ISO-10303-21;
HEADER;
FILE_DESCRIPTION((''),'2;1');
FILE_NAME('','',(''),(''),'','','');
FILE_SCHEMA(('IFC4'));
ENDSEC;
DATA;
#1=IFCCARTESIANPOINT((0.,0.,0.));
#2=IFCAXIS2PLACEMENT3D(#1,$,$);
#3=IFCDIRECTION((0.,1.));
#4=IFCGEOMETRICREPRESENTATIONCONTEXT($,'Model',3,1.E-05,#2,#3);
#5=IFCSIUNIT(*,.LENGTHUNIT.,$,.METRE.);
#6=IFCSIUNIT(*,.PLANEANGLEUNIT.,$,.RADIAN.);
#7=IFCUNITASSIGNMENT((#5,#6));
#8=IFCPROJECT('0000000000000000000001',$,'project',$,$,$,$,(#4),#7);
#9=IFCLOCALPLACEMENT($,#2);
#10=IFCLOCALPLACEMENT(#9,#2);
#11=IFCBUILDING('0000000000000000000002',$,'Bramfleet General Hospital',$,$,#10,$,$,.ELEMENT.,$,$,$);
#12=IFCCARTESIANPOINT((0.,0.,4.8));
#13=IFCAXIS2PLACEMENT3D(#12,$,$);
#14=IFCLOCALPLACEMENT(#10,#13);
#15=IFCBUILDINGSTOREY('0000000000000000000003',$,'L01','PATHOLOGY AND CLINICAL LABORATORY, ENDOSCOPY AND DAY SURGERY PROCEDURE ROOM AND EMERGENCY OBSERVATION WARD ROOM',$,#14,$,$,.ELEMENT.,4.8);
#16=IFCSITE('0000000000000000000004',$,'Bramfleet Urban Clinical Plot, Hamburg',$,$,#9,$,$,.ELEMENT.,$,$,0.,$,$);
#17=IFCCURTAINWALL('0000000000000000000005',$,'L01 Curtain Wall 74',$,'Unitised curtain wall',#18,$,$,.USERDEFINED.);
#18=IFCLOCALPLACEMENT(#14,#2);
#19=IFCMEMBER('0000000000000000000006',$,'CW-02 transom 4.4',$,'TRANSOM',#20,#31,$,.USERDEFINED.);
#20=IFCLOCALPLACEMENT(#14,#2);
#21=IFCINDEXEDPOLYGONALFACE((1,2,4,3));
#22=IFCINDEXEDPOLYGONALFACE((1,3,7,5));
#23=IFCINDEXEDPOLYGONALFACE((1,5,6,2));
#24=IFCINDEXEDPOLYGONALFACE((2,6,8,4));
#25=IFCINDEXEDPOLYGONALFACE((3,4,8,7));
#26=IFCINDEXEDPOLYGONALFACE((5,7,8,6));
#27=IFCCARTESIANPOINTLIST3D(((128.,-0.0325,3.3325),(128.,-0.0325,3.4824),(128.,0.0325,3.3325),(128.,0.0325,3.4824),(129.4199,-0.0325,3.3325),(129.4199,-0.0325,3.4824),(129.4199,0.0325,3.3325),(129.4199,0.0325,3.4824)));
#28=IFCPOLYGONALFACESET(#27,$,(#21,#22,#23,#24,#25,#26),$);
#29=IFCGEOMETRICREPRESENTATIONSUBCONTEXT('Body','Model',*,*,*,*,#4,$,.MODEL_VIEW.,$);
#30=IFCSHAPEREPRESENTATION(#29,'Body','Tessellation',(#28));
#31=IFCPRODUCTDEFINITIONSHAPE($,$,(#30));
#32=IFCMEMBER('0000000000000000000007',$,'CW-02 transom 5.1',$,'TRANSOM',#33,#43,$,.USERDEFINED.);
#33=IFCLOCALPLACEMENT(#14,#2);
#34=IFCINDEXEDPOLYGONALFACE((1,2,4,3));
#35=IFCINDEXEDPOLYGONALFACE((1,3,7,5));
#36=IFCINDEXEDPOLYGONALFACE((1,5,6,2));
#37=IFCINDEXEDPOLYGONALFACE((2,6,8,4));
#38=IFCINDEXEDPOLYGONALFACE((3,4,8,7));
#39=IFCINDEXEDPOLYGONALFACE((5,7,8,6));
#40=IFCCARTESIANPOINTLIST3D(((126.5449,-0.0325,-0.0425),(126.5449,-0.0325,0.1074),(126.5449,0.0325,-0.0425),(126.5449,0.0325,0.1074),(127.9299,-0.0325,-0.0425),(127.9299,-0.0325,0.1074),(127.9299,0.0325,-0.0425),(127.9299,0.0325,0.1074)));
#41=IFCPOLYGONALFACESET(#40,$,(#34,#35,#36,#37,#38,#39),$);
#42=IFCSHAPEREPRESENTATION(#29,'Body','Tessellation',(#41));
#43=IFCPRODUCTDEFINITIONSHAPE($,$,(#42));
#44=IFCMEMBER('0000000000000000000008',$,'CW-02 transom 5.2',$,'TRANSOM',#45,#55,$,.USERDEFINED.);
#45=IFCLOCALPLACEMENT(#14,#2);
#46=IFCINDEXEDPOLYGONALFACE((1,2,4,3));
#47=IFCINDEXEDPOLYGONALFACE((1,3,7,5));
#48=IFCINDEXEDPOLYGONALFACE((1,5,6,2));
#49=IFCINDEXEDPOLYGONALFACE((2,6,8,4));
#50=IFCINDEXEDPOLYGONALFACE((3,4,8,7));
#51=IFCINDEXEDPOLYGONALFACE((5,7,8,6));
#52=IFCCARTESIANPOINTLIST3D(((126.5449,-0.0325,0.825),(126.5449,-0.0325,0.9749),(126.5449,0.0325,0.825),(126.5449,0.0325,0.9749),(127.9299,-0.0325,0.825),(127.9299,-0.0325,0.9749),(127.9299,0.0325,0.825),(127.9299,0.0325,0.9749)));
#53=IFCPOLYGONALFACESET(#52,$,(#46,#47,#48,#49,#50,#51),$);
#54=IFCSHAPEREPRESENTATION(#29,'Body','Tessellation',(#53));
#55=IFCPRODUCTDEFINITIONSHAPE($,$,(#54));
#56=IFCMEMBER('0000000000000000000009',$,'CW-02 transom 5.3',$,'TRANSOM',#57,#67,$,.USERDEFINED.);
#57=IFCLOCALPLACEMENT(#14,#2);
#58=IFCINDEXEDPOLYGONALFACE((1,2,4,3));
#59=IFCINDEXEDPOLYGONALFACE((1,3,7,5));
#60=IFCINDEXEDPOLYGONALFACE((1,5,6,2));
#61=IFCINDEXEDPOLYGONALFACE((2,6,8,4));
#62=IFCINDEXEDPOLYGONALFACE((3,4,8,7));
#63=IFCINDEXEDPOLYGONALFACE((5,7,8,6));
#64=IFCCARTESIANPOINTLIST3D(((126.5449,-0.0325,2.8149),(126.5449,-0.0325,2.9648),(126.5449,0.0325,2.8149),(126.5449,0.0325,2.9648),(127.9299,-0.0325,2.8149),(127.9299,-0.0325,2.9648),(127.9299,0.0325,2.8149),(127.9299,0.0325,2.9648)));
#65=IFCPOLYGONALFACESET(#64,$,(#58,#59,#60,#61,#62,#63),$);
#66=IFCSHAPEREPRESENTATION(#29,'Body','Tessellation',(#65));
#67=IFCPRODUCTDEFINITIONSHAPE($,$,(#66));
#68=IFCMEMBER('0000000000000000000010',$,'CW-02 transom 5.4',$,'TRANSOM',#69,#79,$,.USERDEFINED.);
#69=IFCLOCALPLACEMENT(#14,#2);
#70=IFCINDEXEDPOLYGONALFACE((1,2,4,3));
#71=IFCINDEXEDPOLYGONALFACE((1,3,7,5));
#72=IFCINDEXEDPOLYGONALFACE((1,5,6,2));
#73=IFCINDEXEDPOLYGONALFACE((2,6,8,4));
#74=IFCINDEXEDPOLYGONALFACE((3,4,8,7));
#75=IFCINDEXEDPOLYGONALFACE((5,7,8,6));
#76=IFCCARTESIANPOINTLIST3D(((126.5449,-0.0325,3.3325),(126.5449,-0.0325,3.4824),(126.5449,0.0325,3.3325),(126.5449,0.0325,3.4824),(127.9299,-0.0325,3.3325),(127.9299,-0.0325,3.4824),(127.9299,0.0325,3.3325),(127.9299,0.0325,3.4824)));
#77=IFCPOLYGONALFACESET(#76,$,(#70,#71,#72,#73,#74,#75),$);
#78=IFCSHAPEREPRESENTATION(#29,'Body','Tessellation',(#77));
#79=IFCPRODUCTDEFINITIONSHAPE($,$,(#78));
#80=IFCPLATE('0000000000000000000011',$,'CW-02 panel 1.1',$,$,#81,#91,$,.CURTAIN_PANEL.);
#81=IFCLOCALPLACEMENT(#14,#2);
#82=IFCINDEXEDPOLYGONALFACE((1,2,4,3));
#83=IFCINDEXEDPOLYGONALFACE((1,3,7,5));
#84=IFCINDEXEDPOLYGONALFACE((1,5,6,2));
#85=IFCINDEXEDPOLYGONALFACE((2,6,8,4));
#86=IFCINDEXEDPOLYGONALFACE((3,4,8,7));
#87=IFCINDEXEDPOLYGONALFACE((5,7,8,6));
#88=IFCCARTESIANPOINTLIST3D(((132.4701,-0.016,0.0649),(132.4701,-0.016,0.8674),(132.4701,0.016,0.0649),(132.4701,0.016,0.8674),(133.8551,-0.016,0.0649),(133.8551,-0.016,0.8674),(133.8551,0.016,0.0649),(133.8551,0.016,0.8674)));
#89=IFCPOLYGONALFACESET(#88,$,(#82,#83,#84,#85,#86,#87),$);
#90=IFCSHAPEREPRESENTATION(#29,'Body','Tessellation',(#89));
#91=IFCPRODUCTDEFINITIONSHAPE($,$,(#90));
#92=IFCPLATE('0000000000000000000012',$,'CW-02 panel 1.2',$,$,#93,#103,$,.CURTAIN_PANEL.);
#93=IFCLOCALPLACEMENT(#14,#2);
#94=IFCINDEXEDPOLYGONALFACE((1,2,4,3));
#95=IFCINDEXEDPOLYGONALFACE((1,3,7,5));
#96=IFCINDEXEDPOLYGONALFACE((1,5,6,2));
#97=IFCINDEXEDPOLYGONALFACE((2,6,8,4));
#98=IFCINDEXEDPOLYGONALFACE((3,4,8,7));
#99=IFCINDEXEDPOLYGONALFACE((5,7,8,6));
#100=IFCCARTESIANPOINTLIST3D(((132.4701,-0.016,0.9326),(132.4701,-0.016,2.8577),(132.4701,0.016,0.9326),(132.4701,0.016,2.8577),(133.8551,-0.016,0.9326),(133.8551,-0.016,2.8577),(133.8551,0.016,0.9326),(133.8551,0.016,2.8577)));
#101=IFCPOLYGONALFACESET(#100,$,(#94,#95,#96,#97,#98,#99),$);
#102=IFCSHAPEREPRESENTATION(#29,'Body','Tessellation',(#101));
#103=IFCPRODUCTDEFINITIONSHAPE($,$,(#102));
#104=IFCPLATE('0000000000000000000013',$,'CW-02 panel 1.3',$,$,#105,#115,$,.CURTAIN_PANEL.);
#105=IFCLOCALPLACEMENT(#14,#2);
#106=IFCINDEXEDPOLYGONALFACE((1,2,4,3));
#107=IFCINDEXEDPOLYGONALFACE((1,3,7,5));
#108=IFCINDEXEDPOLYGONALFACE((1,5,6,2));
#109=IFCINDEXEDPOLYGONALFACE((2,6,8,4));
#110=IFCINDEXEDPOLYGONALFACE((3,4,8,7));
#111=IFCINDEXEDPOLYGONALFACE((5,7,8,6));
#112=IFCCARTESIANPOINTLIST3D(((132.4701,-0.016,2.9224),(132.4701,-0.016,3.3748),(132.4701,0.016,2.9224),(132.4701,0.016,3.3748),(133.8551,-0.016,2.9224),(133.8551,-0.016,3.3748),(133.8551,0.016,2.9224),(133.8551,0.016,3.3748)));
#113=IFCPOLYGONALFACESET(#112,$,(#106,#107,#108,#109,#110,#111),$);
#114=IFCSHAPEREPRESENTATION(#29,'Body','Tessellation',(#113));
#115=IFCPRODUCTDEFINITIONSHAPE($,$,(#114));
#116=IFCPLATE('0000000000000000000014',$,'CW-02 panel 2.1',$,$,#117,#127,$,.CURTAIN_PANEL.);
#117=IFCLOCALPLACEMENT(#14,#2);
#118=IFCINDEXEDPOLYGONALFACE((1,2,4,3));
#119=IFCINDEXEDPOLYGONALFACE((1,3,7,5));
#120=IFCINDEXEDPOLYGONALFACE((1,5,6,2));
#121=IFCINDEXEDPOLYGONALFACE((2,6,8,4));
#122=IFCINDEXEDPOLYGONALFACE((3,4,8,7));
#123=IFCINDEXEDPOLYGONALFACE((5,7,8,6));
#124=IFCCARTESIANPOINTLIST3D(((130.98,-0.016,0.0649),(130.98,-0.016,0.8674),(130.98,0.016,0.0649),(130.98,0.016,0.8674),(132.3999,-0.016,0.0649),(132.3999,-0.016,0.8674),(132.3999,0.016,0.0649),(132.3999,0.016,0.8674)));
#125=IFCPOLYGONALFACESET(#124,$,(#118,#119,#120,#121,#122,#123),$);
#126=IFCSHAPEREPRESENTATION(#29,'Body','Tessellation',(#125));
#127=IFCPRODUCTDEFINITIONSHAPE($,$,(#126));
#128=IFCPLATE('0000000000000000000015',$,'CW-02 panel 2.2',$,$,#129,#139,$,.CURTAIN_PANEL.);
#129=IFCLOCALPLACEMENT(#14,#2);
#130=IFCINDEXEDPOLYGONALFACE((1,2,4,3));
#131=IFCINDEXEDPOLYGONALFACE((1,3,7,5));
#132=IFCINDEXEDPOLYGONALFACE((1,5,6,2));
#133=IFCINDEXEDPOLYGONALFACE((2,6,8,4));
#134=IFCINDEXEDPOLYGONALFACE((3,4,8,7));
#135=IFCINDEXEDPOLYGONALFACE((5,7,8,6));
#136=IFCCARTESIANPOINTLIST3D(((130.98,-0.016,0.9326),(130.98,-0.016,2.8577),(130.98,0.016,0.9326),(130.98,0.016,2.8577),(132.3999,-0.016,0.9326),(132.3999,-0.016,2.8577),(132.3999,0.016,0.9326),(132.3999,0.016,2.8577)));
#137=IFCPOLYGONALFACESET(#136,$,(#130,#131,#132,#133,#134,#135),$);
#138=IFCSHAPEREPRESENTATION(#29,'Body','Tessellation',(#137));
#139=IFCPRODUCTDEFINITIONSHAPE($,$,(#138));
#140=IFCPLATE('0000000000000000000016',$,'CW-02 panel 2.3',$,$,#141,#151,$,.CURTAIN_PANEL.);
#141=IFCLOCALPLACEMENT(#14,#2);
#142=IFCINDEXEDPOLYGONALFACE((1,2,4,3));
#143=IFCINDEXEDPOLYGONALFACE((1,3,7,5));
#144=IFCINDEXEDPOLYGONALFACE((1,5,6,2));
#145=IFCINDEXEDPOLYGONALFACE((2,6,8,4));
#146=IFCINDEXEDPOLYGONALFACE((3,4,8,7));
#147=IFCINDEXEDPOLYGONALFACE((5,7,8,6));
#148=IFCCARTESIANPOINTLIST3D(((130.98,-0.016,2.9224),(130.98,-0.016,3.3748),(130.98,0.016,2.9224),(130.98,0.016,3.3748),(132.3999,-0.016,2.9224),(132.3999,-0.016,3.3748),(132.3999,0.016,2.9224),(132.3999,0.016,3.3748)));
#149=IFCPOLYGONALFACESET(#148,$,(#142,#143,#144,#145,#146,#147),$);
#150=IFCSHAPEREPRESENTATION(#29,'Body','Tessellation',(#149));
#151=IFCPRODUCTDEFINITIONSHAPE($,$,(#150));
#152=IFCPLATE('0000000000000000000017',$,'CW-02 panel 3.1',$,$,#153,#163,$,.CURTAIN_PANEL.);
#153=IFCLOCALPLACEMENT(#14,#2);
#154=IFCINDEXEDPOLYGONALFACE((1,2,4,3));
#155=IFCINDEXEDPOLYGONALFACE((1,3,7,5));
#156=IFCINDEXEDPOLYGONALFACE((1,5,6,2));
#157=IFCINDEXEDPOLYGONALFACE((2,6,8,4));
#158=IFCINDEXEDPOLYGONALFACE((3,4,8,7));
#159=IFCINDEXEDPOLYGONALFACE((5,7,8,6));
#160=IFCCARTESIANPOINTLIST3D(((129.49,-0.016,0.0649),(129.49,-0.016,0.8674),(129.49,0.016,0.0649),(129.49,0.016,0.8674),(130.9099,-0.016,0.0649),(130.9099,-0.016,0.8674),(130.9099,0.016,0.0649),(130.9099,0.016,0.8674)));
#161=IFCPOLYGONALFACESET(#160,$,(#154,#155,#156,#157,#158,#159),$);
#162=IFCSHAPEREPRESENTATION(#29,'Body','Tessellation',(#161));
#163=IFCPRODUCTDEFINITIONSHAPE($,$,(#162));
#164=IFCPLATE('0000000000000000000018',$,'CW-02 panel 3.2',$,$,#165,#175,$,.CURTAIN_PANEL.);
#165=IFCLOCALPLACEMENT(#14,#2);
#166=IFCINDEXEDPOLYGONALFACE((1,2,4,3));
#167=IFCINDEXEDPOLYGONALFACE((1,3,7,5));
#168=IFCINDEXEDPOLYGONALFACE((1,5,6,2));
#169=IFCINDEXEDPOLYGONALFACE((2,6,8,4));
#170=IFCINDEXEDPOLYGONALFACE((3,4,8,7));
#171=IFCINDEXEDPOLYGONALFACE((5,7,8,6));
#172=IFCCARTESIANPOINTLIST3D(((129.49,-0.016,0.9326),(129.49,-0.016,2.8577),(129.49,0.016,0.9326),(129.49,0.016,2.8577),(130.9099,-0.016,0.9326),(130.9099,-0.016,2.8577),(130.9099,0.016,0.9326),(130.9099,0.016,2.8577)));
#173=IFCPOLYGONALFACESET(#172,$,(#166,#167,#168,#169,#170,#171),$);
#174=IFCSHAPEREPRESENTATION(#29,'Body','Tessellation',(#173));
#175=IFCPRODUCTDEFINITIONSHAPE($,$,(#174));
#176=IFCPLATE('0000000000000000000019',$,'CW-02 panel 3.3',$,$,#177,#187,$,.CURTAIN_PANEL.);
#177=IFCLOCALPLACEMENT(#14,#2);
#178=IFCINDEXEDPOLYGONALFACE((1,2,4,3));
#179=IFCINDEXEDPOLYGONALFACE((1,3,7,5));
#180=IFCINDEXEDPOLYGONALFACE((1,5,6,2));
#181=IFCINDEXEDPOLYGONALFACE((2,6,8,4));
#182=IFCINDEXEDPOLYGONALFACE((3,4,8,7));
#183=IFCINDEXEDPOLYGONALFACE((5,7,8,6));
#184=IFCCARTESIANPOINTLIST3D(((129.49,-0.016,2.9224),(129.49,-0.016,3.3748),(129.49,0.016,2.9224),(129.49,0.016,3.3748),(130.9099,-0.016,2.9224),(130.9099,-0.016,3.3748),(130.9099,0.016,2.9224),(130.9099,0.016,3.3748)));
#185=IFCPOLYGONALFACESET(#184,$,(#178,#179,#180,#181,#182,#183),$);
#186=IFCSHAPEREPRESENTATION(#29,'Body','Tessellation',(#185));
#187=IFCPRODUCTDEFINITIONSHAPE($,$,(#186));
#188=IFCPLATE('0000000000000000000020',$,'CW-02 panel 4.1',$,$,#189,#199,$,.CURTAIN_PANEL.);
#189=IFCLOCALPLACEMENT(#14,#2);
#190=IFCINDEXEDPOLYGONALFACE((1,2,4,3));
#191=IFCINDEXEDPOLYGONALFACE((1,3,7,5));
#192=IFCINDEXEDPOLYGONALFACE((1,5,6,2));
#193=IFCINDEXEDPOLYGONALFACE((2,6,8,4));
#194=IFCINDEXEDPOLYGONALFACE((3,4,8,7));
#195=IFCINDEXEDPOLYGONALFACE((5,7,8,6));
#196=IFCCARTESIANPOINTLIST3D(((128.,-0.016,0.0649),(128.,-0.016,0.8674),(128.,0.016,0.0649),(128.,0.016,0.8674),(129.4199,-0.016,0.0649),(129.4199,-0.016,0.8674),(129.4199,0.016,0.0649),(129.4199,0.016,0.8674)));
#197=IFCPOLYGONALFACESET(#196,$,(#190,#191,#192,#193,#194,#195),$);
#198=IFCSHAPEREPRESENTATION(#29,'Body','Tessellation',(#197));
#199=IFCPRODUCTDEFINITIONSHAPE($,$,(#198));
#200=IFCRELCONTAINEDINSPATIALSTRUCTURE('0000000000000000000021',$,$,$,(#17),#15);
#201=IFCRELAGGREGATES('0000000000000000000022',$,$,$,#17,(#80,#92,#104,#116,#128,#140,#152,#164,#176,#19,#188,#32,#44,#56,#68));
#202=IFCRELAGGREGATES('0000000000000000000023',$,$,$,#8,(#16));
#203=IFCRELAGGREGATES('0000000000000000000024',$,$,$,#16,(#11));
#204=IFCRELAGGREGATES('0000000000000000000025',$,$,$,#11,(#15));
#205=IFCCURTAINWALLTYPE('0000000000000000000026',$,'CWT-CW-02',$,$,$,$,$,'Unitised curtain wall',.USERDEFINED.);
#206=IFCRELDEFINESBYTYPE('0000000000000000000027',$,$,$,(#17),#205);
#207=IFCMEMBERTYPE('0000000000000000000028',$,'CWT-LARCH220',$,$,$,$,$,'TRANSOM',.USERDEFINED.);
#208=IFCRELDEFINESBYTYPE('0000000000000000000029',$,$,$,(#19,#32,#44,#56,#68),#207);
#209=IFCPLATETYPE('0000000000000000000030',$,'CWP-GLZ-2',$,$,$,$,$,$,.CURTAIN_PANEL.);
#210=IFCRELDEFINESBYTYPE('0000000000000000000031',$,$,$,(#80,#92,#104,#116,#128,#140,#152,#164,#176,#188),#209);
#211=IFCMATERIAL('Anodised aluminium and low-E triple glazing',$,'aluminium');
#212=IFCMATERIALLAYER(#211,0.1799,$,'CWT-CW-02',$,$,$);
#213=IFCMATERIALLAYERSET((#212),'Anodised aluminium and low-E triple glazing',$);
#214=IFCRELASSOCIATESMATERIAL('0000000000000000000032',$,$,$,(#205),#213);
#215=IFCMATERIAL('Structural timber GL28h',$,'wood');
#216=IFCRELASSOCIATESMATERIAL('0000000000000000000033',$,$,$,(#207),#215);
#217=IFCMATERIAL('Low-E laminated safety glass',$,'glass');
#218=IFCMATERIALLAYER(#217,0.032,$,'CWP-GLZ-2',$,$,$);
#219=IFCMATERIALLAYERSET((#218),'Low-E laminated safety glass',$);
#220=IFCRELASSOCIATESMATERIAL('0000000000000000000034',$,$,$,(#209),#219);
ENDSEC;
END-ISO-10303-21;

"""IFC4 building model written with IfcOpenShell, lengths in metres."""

from ifc_helpers import new_model, si_unit, direction, frame, origin, origin_2d, place, context, subcontext, project, spatial, rectangle, extrude, material, layer, layer_set, material_profile, profile_set, type_object, element, aggregate, save


model = new_model("IFC4")

# Units and contexts
model_context = context("Model", 3, precision=1e-05, world=origin(), true_north=direction((0.0, 1.0)))
body_context = subcontext(model_context, "Body", "Model", "MODEL_VIEW")
ifc_project = project(units=[si_unit("LENGTHUNIT", "METRE"), si_unit("PLANEANGLEUNIT", "RADIAN")], contexts=[model_context])

# Site, building, storey
site_placement = place(None, origin())
site = spatial("IfcSite", under=ifc_project, at=site_placement, Name="Bramfleet Urban Clinical Plot, Hamburg", CompositionType="ELEMENT", RefElevation=0.0)
building_placement = place(site_placement, origin())
building = spatial("IfcBuilding", under=site, at=building_placement, Name="Bramfleet General Hospital", CompositionType="ELEMENT")
storey_placement = place(building_placement, frame((0.0, 0.0, 4.8)))
storey = spatial("IfcBuildingStorey", under=building, at=storey_placement, Name="L01", Description="PATHOLOGY AND CLINICAL LABORATORY, ENDOSCOPY AND DAY SURGERY PROCEDURE ROOM AND EMERGENCY OBSERVATION WARD ROOM", CompositionType="ELEMENT", Elevation=4.8)

# Curtain wall, members, plates
ifc_material_1 = material(Name="Anodised aluminium and low-E triple glazing", Category="aluminium")
ifc_layer_1 = layer(ifc_material_1, 0.1799, Name="CWT-CW-02")
ifc_layer_set_1 = layer_set([ifc_layer_1], Name="Anodised aluminium and low-E triple glazing")
curtain_wall_type = type_object("IfcCurtainWallType", Name="CWT-CW-02", ElementType="Unitised curtain wall", PredefinedType="USERDEFINED", material=ifc_layer_set_1)
curtain_wall_placement = place(storey_placement, origin())
curtain_wall = element("IfcCurtainWall", 1, at=curtain_wall_placement, inside=storey, type_object=curtain_wall_type, Name="L01 Curtain Wall 74", ObjectType="Unitised curtain wall", PredefinedType="USERDEFINED")
ifc_material_2 = material(Name="Structural timber GL28h", Category="wood")
ifc_material_profile_1 = material_profile(ifc_material_2, rectangle(XDim=0.0649, YDim=0.1499, at=origin_2d()), Name="LARCH 150x65")
ifc_profile_set_1 = profile_set([ifc_material_profile_1], Name="Structural timber GL28h")
member_type_1 = type_object("IfcMemberType", Name="CWT-LARCH220", ElementType="TRANSOM", PredefinedType="USERDEFINED", material=ifc_profile_set_1)
member_1_placement = place(storey_placement, frame((129.4199, 0.0, 3.4075), z_axis=(-1.0, 0.0, 0.0), x_axis=(0.0, -1.0, 0.0)))
member_1 = element("IfcMember", 2, at=member_1_placement, type_object=member_type_1, Name="CW-02 transom 4.4", ObjectType="TRANSOM", PredefinedType="USERDEFINED", context=body_context, shape_type="SweptSolid", body=[
    extrude(rectangle(XDim=0.0649, YDim=0.1499, at=origin_2d()), origin(), (0.0, 0.0, 1.0), 1.4199),
])
member_2_placement = place(storey_placement, frame((127.9299, 0.0, 0.0325), z_axis=(-1.0, 0.0, 0.0), x_axis=(0.0, -1.0, 0.0)))
member_2 = element("IfcMember", 3, at=member_2_placement, type_object=member_type_1, Name="CW-02 transom 5.1", ObjectType="TRANSOM", PredefinedType="USERDEFINED", context=body_context, shape_type="SweptSolid", body=[
    extrude(rectangle(XDim=0.0649, YDim=0.1499, at=origin_2d()), origin(), (0.0, 0.0, 1.0), 1.385),
])
member_3_placement = place(storey_placement, frame((127.9299, 0.0, 0.8999), z_axis=(-1.0, 0.0, 0.0), x_axis=(0.0, -1.0, 0.0)))
member_3 = element("IfcMember", 4, at=member_3_placement, type_object=member_type_1, Name="CW-02 transom 5.2", ObjectType="TRANSOM", PredefinedType="USERDEFINED", context=body_context, shape_type="SweptSolid", body=[
    extrude(rectangle(XDim=0.0649, YDim=0.1499, at=origin_2d()), origin(), (0.0, 0.0, 1.0), 1.385),
])
member_4_placement = place(storey_placement, frame((127.9299, 0.0, 2.8899), z_axis=(-1.0, 0.0, 0.0), x_axis=(0.0, -1.0, 0.0)))
member_4 = element("IfcMember", 5, at=member_4_placement, type_object=member_type_1, Name="CW-02 transom 5.3", ObjectType="TRANSOM", PredefinedType="USERDEFINED", context=body_context, shape_type="SweptSolid", body=[
    extrude(rectangle(XDim=0.0649, YDim=0.1499, at=origin_2d()), origin(), (0.0, 0.0, 1.0), 1.385),
])
member_5_placement = place(storey_placement, frame((127.9299, 0.0, 3.4075), z_axis=(-1.0, 0.0, 0.0), x_axis=(0.0, -1.0, 0.0)))
member_5 = element("IfcMember", 6, at=member_5_placement, type_object=member_type_1, Name="CW-02 transom 5.4", ObjectType="TRANSOM", PredefinedType="USERDEFINED", context=body_context, shape_type="SweptSolid", body=[
    extrude(rectangle(XDim=0.0649, YDim=0.1499, at=origin_2d()), origin(), (0.0, 0.0, 1.0), 1.385),
])
ifc_material_3 = material(Name="Low-E laminated safety glass", Category="glass")
ifc_layer_2 = layer(ifc_material_3, 0.032, Name="CWP-GLZ-2")
ifc_layer_set_2 = layer_set([ifc_layer_2], Name="Low-E laminated safety glass")
plate_type = type_object("IfcPlateType", Name="CWP-GLZ-2", PredefinedType="CURTAIN_PANEL", material=ifc_layer_set_2)
plate_1_placement = place(storey_placement, frame((133.1626, 0.0, 0.0649), z_axis=(0.0, 0.0, 1.0), x_axis=(-1.0, 0.0, 0.0)))
plate_1 = element("IfcPlate", 7, at=plate_1_placement, type_object=plate_type, Name="CW-02 panel 1.1", PredefinedType="CURTAIN_PANEL", context=body_context, shape_type="SweptSolid", body=[
    extrude(rectangle(XDim=1.385, YDim=0.032, at=origin_2d()), origin(), (0.0, 0.0, 1.0), 0.8025),
])
plate_2_placement = place(storey_placement, frame((133.1626, 0.0, 0.9326), z_axis=(0.0, 0.0, 1.0), x_axis=(-1.0, 0.0, 0.0)))
plate_2 = element("IfcPlate", 8, at=plate_2_placement, type_object=plate_type, Name="CW-02 panel 1.2", PredefinedType="CURTAIN_PANEL", context=body_context, shape_type="SweptSolid", body=[
    extrude(rectangle(XDim=1.385, YDim=0.032, at=origin_2d()), origin(), (0.0, 0.0, 1.0), 1.925),
])
plate_3_placement = place(storey_placement, frame((133.1626, 0.0, 2.9224), z_axis=(0.0, 0.0, 1.0), x_axis=(-1.0, 0.0, 0.0)))
plate_3 = element("IfcPlate", 9, at=plate_3_placement, type_object=plate_type, Name="CW-02 panel 1.3", PredefinedType="CURTAIN_PANEL", context=body_context, shape_type="SweptSolid", body=[
    extrude(rectangle(XDim=1.385, YDim=0.032, at=origin_2d()), origin(), (0.0, 0.0, 1.0), 0.4524),
])
plate_4_placement = place(storey_placement, frame((131.6899, 0.0, 0.0649), z_axis=(0.0, 0.0, 1.0), x_axis=(-1.0, 0.0, 0.0)))
plate_4 = element("IfcPlate", 10, at=plate_4_placement, type_object=plate_type, Name="CW-02 panel 2.1", PredefinedType="CURTAIN_PANEL", context=body_context, shape_type="SweptSolid", body=[
    extrude(rectangle(XDim=1.4199, YDim=0.032, at=origin_2d()), origin(), (0.0, 0.0, 1.0), 0.8025),
])
plate_5_placement = place(storey_placement, frame((131.6899, 0.0, 0.9326), z_axis=(0.0, 0.0, 1.0), x_axis=(-1.0, 0.0, 0.0)))
plate_5 = element("IfcPlate", 11, at=plate_5_placement, type_object=plate_type, Name="CW-02 panel 2.2", PredefinedType="CURTAIN_PANEL", context=body_context, shape_type="SweptSolid", body=[
    extrude(rectangle(XDim=1.4199, YDim=0.032, at=origin_2d()), origin(), (0.0, 0.0, 1.0), 1.925),
])
plate_6_placement = place(storey_placement, frame((131.6899, 0.0, 2.9224), z_axis=(0.0, 0.0, 1.0), x_axis=(-1.0, 0.0, 0.0)))
plate_6 = element("IfcPlate", 12, at=plate_6_placement, type_object=plate_type, Name="CW-02 panel 2.3", PredefinedType="CURTAIN_PANEL", context=body_context, shape_type="SweptSolid", body=[
    extrude(rectangle(XDim=1.4199, YDim=0.032, at=origin_2d()), origin(), (0.0, 0.0, 1.0), 0.4524),
])
plate_7_placement = place(storey_placement, frame((130.2, 0.0, 0.0649), z_axis=(0.0, 0.0, 1.0), x_axis=(-1.0, 0.0, 0.0)))
plate_7 = element("IfcPlate", 13, at=plate_7_placement, type_object=plate_type, Name="CW-02 panel 3.1", PredefinedType="CURTAIN_PANEL", context=body_context, shape_type="SweptSolid", body=[
    extrude(rectangle(XDim=1.4199, YDim=0.032, at=origin_2d()), origin(), (0.0, 0.0, 1.0), 0.8025),
])
plate_8_placement = place(storey_placement, frame((130.2, 0.0, 0.9326), z_axis=(0.0, 0.0, 1.0), x_axis=(-1.0, 0.0, 0.0)))
plate_8 = element("IfcPlate", 14, at=plate_8_placement, type_object=plate_type, Name="CW-02 panel 3.2", PredefinedType="CURTAIN_PANEL", context=body_context, shape_type="SweptSolid", body=[
    extrude(rectangle(XDim=1.4199, YDim=0.032, at=origin_2d()), origin(), (0.0, 0.0, 1.0), 1.925),
])
plate_9_placement = place(storey_placement, frame((130.2, 0.0, 2.9224), z_axis=(0.0, 0.0, 1.0), x_axis=(-1.0, 0.0, 0.0)))
plate_9 = element("IfcPlate", 15, at=plate_9_placement, type_object=plate_type, Name="CW-02 panel 3.3", PredefinedType="CURTAIN_PANEL", context=body_context, shape_type="SweptSolid", body=[
    extrude(rectangle(XDim=1.4199, YDim=0.032, at=origin_2d()), origin(), (0.0, 0.0, 1.0), 0.4524),
])
plate_10_placement = place(storey_placement, frame((128.71, 0.0, 0.0649), z_axis=(0.0, 0.0, 1.0), x_axis=(-1.0, 0.0, 0.0)))
plate_10 = element("IfcPlate", 16, at=plate_10_placement, type_object=plate_type, Name="CW-02 panel 4.1", PredefinedType="CURTAIN_PANEL", context=body_context, shape_type="SweptSolid", body=[
    extrude(rectangle(XDim=1.4199, YDim=0.032, at=origin_2d()), origin(), (0.0, 0.0, 1.0), 0.8025),
])
aggregate(curtain_wall, [plate_1, plate_2, plate_3, plate_4, plate_5, plate_6, plate_7, plate_8, plate_9, member_1, plate_10, member_2, member_3, member_4, member_5])

save(model, "model.ifc")
